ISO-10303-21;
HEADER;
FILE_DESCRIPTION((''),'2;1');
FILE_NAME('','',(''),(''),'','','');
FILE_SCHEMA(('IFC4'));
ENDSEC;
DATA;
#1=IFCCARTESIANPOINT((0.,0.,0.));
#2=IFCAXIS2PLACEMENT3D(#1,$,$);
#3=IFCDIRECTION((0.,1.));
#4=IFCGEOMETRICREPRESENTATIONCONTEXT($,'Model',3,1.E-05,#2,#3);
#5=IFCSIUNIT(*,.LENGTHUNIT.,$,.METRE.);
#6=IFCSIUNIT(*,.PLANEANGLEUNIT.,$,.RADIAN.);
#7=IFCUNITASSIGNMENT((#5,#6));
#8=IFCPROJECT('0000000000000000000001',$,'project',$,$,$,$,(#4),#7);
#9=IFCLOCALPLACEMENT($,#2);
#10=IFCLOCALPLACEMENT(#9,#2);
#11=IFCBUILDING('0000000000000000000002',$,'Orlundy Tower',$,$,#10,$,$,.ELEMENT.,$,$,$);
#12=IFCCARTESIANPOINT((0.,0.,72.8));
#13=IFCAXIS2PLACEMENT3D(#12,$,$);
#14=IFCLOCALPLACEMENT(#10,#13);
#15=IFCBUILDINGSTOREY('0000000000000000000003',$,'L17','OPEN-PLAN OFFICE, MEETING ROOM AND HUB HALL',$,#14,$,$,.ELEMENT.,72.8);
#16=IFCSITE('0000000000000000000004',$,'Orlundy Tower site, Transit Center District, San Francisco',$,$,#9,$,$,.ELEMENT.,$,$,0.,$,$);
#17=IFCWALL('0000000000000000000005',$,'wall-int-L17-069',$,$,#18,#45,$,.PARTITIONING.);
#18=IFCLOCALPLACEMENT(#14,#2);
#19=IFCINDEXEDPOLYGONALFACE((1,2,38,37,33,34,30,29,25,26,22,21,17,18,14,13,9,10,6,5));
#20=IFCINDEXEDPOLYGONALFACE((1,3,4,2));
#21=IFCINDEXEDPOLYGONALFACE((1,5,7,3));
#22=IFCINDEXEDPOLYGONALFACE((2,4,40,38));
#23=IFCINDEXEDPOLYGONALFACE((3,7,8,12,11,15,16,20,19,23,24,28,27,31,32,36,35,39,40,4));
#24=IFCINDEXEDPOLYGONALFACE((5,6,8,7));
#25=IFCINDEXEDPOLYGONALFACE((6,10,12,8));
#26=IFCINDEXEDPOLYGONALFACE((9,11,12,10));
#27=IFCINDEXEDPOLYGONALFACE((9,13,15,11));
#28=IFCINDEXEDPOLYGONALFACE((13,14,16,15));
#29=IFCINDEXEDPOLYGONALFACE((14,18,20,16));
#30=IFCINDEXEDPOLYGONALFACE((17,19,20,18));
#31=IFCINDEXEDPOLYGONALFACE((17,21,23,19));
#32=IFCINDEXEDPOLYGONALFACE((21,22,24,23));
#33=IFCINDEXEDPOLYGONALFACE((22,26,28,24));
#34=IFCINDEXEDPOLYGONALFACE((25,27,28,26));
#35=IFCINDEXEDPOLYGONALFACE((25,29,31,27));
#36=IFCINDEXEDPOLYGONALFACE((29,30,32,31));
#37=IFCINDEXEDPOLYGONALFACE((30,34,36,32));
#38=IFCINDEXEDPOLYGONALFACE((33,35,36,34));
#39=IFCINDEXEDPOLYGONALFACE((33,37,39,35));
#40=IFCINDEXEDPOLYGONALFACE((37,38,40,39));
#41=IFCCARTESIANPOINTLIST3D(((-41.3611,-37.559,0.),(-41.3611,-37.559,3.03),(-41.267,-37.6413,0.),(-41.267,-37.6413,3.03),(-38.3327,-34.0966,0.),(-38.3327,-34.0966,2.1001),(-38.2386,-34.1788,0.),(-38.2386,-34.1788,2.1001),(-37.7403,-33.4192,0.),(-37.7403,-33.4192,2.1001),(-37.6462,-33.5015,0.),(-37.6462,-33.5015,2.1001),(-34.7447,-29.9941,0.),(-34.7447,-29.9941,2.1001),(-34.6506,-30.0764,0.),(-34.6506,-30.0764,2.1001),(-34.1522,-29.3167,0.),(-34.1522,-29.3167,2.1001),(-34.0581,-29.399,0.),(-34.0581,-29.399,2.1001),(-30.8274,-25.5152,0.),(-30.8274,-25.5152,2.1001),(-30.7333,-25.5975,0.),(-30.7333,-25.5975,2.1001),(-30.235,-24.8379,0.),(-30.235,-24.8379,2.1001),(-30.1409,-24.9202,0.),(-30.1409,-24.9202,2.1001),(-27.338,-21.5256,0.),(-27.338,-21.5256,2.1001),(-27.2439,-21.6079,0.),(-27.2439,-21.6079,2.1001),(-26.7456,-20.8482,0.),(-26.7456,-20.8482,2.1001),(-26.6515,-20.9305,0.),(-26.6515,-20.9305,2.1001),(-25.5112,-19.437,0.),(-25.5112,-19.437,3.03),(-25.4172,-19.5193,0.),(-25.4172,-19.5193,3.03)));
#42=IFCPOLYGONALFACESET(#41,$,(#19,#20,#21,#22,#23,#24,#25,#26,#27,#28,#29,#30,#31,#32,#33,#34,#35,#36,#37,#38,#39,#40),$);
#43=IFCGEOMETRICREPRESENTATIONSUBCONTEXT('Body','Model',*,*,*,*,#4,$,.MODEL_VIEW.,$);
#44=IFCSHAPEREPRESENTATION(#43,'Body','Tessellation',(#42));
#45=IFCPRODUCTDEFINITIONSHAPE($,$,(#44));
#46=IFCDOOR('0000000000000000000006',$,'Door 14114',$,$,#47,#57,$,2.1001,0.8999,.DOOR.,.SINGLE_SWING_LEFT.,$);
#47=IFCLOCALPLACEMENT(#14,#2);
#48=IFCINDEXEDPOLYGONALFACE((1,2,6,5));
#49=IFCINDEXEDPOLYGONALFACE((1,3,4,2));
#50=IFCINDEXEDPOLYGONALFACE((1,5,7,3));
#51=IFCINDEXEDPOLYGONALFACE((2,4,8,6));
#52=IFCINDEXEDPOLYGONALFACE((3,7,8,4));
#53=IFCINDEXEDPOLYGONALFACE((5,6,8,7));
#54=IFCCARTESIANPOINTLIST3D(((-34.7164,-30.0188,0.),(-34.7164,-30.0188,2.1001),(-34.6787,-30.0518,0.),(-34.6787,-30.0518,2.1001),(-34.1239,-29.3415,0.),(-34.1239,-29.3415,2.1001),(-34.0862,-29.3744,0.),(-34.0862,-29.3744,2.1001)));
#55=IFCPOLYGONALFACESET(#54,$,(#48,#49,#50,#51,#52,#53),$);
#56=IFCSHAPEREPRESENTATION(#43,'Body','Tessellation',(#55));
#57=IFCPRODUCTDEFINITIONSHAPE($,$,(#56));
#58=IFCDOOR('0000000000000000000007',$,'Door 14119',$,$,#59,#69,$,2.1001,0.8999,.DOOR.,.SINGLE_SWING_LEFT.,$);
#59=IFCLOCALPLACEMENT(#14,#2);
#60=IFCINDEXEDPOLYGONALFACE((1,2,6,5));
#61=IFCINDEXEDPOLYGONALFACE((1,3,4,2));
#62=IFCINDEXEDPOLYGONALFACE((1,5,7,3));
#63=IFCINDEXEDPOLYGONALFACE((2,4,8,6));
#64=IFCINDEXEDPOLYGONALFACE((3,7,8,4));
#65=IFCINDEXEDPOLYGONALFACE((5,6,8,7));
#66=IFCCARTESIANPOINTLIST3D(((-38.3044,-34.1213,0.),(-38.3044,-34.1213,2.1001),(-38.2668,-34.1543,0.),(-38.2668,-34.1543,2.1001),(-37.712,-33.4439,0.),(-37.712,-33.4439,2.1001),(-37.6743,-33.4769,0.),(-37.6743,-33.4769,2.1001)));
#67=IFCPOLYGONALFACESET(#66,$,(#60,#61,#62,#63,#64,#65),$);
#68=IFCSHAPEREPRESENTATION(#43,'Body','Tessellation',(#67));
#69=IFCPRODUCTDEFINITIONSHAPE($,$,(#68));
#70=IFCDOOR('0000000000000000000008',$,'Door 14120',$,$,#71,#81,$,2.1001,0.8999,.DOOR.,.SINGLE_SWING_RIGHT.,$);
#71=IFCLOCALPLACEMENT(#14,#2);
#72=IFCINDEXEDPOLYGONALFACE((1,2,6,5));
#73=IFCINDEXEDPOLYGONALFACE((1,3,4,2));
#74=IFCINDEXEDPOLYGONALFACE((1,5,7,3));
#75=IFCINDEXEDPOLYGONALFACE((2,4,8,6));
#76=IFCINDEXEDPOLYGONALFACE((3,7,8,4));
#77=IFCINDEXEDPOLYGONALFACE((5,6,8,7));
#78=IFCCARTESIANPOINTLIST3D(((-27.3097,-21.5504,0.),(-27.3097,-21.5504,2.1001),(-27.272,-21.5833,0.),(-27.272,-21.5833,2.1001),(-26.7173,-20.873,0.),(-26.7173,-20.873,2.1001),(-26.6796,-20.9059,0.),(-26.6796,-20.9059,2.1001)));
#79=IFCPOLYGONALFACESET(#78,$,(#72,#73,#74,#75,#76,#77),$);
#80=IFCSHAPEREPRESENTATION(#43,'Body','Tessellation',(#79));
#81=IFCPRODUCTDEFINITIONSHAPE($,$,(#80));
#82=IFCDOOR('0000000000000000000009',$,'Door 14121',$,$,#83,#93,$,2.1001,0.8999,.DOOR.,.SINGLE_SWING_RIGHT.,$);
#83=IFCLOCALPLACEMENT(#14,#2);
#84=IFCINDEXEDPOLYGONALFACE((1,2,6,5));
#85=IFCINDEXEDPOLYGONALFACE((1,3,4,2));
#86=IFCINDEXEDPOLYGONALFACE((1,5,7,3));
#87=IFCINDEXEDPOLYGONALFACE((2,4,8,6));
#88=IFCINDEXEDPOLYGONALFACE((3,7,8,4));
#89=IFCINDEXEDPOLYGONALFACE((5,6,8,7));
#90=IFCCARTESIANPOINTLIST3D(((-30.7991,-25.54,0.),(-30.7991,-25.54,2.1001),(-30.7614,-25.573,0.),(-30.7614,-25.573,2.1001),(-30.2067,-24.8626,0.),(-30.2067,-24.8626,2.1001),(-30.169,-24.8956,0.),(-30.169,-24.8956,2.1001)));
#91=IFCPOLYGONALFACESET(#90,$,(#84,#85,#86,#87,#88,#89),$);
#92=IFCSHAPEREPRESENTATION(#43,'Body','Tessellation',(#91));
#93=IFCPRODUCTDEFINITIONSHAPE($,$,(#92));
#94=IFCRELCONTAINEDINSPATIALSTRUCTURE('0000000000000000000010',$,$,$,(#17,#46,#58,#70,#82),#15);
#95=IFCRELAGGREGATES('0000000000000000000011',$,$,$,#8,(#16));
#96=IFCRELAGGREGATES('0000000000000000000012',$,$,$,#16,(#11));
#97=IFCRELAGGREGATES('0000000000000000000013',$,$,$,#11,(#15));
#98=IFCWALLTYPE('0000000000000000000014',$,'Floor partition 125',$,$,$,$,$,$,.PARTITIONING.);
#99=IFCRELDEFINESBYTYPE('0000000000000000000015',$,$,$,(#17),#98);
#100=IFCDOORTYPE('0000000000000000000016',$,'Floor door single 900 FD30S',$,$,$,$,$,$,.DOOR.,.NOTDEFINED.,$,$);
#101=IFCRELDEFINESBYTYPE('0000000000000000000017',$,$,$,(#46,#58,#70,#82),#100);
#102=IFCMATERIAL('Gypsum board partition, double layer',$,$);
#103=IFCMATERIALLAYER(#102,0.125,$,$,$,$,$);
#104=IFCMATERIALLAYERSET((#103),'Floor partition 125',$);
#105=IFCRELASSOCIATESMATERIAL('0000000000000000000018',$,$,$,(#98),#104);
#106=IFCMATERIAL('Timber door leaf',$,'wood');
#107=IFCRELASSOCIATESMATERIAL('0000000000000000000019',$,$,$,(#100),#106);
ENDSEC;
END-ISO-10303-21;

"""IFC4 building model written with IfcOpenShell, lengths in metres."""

from ifc_helpers import new_model, si_unit, direction, frame, frame_2d, origin, place, context, subcontext, project, spatial, rectangle, extrude, material, layer, layer_set, type_object, element, fill, save


model = new_model("IFC4")

# Units and contexts
model_context = context("Model", 3, precision=1e-05, world=origin(), true_north=direction((0.0, 1.0)))
body_context = subcontext(model_context, "Body", "Model", "MODEL_VIEW")
ifc_project = project(units=[si_unit("LENGTHUNIT", "METRE"), si_unit("PLANEANGLEUNIT", "RADIAN")], contexts=[model_context])

# Site, building, storey
site_placement = place(None, origin())
site = spatial("IfcSite", under=ifc_project, at=site_placement, Name="Orlundy Tower site, Transit Center District, San Francisco", CompositionType="ELEMENT", RefElevation=0.0)
building_placement = place(site_placement, origin())
building = spatial("IfcBuilding", under=site, at=building_placement, Name="Orlundy Tower", CompositionType="ELEMENT")
storey_placement = place(building_placement, frame((0.0, 0.0, 72.8)))
storey = spatial("IfcBuildingStorey", under=building, at=storey_placement, Name="L17", Description="OPEN-PLAN OFFICE, MEETING ROOM AND HUB HALL", CompositionType="ELEMENT", Elevation=72.8)

# Shared definitions
ifc_material_1 = material(Name="Gypsum board partition, double layer")
ifc_layer_1 = layer(ifc_material_1, 0.125)
ifc_layer_set_1 = layer_set([ifc_layer_1], Name="Floor partition 125")
wall_type_1 = type_object("IfcWallType", Name="Floor partition 125", PredefinedType="PARTITIONING", material=ifc_layer_set_1)

# Wall, openings, doors
wall_1_placement = place(storey_placement, frame((-41.314, -37.6001, 0.0), z_axis=(0.0, 0.0, 1.0), x_axis=(0.658341, 0.75272, 0.0)))
wall_1 = element("IfcWall", 1, at=wall_1_placement, inside=storey, type_object=wall_type_1, Name="wall-int-L17-069", PredefinedType="PARTITIONING", context=body_context, shape_type="SweptSolid", body=[
    extrude(rectangle(XDim=24.0754, YDim=0.125, at=frame_2d((12.0376, 0.0))), origin(), (0.0, 0.0, 1.0), 3.03),
])
opening_1_placement = place(wall_1_placement, frame((10.05, 0.0, 0.0)))
opening_1 = element("IfcOpeningElement", 2, at=opening_1_placement, cuts=wall_1, PredefinedType="OPENING", context=body_context, shape_type="SweptSolid", body=[
    extrude(rectangle(XDim=0.8999, YDim=2.1001, at=frame_2d((0.45, 1.05))), frame((0.0, 0.0725, 0.0), z_axis=(0.0, -1.0, 0.0), x_axis=(1.0, 0.0, 0.0)), (0.0, 0.0, 1.0), 0.145),
])
opening_2_placement = place(wall_1_placement, frame((4.5999, 0.0, 0.0)))
opening_2 = element("IfcOpeningElement", 3, at=opening_2_placement, cuts=wall_1, PredefinedType="OPENING", context=body_context, shape_type="SweptSolid", body=[
    extrude(rectangle(XDim=0.8999, YDim=2.1001, at=frame_2d((0.45, 1.05))), frame((0.0, 0.0725, 0.0), z_axis=(0.0, -1.0, 0.0), x_axis=(1.0, 0.0, 0.0)), (0.0, 0.0, 1.0), 0.145),
])
opening_3_placement = place(wall_1_placement, frame((21.3005, 0.0, 0.0)))
opening_3 = element("IfcOpeningElement", 4, at=opening_3_placement, cuts=wall_1, PredefinedType="OPENING", context=body_context, shape_type="SweptSolid", body=[
    extrude(rectangle(XDim=0.8999, YDim=2.1001, at=frame_2d((0.45, 1.05))), frame((0.0, 0.0725, 0.0), z_axis=(0.0, -1.0, 0.0), x_axis=(1.0, 0.0, 0.0)), (0.0, 0.0, 1.0), 0.145),
])
opening_4_placement = place(wall_1_placement, frame((16.0002, 0.0, 0.0)))
opening_4 = element("IfcOpeningElement", 5, at=opening_4_placement, cuts=wall_1, PredefinedType="OPENING", context=body_context, shape_type="SweptSolid", body=[
    extrude(rectangle(XDim=0.8999, YDim=2.1001, at=frame_2d((0.45, 1.05))), frame((0.0, 0.0725, 0.0), z_axis=(0.0, -1.0, 0.0), x_axis=(1.0, 0.0, 0.0)), (0.0, 0.0, 1.0), 0.145),
])
ifc_material_2 = material(Name="Timber door leaf", Category="wood")
door_type = type_object("IfcDoorType", Name="Floor door single 900 FD30S", OperationType="NOTDEFINED", PredefinedType="DOOR", material=ifc_material_2)
door_1_placement = place(opening_1_placement, origin())
door_1 = element("IfcDoor", 6, at=door_1_placement, inside=storey, type_object=door_type, Name="Door 14114", OperationType="SINGLE_SWING_LEFT", OverallHeight=2.1001, OverallWidth=0.8999, PredefinedType="DOOR", context=body_context, shape_type="SweptSolid", body=[
    extrude(rectangle(XDim=0.8999, YDim=2.1001, at=frame_2d((0.45, 1.05))), frame((0.0, 0.0249, 0.0), z_axis=(0.0, -1.0, 0.0), x_axis=(1.0, 0.0, 0.0)), (0.0, 0.0, 1.0), 0.05),
])
fill(opening_1, door_1)
door_2_placement = place(opening_2_placement, origin())
door_2 = element("IfcDoor", 7, at=door_2_placement, inside=storey, type_object=door_type, Name="Door 14119", OperationType="SINGLE_SWING_LEFT", OverallHeight=2.1001, OverallWidth=0.8999, PredefinedType="DOOR", context=body_context, shape_type="SweptSolid", body=[
    extrude(rectangle(XDim=0.8999, YDim=2.1001, at=frame_2d((0.45, 1.05))), frame((0.0, 0.0249, 0.0), z_axis=(0.0, -1.0, 0.0), x_axis=(1.0, 0.0, 0.0)), (0.0, 0.0, 1.0), 0.05),
])
fill(opening_2, door_2)
door_3_placement = place(opening_3_placement, origin())
door_3 = element("IfcDoor", 8, at=door_3_placement, inside=storey, type_object=door_type, Name="Door 14120", OperationType="SINGLE_SWING_RIGHT", OverallHeight=2.1001, OverallWidth=0.8999, PredefinedType="DOOR", context=body_context, shape_type="SweptSolid", body=[
    extrude(rectangle(XDim=0.8999, YDim=2.1001, at=frame_2d((0.45, 1.05))), frame((0.0, 0.0249, 0.0), z_axis=(0.0, -1.0, 0.0), x_axis=(1.0, 0.0, 0.0)), (0.0, 0.0, 1.0), 0.05),
])
fill(opening_3, door_3)
door_4_placement = place(opening_4_placement, origin())
door_4 = element("IfcDoor", 9, at=door_4_placement, inside=storey, type_object=door_type, Name="Door 14121", OperationType="SINGLE_SWING_RIGHT", OverallHeight=2.1001, OverallWidth=0.8999, PredefinedType="DOOR", context=body_context, shape_type="SweptSolid", body=[
    extrude(rectangle(XDim=0.8999, YDim=2.1001, at=frame_2d((0.45, 1.05))), frame((0.0, 0.0249, 0.0), z_axis=(0.0, -1.0, 0.0), x_axis=(1.0, 0.0, 0.0)), (0.0, 0.0, 1.0), 0.05),
])
fill(opening_4, door_4)

save(model, "model.ifc")
